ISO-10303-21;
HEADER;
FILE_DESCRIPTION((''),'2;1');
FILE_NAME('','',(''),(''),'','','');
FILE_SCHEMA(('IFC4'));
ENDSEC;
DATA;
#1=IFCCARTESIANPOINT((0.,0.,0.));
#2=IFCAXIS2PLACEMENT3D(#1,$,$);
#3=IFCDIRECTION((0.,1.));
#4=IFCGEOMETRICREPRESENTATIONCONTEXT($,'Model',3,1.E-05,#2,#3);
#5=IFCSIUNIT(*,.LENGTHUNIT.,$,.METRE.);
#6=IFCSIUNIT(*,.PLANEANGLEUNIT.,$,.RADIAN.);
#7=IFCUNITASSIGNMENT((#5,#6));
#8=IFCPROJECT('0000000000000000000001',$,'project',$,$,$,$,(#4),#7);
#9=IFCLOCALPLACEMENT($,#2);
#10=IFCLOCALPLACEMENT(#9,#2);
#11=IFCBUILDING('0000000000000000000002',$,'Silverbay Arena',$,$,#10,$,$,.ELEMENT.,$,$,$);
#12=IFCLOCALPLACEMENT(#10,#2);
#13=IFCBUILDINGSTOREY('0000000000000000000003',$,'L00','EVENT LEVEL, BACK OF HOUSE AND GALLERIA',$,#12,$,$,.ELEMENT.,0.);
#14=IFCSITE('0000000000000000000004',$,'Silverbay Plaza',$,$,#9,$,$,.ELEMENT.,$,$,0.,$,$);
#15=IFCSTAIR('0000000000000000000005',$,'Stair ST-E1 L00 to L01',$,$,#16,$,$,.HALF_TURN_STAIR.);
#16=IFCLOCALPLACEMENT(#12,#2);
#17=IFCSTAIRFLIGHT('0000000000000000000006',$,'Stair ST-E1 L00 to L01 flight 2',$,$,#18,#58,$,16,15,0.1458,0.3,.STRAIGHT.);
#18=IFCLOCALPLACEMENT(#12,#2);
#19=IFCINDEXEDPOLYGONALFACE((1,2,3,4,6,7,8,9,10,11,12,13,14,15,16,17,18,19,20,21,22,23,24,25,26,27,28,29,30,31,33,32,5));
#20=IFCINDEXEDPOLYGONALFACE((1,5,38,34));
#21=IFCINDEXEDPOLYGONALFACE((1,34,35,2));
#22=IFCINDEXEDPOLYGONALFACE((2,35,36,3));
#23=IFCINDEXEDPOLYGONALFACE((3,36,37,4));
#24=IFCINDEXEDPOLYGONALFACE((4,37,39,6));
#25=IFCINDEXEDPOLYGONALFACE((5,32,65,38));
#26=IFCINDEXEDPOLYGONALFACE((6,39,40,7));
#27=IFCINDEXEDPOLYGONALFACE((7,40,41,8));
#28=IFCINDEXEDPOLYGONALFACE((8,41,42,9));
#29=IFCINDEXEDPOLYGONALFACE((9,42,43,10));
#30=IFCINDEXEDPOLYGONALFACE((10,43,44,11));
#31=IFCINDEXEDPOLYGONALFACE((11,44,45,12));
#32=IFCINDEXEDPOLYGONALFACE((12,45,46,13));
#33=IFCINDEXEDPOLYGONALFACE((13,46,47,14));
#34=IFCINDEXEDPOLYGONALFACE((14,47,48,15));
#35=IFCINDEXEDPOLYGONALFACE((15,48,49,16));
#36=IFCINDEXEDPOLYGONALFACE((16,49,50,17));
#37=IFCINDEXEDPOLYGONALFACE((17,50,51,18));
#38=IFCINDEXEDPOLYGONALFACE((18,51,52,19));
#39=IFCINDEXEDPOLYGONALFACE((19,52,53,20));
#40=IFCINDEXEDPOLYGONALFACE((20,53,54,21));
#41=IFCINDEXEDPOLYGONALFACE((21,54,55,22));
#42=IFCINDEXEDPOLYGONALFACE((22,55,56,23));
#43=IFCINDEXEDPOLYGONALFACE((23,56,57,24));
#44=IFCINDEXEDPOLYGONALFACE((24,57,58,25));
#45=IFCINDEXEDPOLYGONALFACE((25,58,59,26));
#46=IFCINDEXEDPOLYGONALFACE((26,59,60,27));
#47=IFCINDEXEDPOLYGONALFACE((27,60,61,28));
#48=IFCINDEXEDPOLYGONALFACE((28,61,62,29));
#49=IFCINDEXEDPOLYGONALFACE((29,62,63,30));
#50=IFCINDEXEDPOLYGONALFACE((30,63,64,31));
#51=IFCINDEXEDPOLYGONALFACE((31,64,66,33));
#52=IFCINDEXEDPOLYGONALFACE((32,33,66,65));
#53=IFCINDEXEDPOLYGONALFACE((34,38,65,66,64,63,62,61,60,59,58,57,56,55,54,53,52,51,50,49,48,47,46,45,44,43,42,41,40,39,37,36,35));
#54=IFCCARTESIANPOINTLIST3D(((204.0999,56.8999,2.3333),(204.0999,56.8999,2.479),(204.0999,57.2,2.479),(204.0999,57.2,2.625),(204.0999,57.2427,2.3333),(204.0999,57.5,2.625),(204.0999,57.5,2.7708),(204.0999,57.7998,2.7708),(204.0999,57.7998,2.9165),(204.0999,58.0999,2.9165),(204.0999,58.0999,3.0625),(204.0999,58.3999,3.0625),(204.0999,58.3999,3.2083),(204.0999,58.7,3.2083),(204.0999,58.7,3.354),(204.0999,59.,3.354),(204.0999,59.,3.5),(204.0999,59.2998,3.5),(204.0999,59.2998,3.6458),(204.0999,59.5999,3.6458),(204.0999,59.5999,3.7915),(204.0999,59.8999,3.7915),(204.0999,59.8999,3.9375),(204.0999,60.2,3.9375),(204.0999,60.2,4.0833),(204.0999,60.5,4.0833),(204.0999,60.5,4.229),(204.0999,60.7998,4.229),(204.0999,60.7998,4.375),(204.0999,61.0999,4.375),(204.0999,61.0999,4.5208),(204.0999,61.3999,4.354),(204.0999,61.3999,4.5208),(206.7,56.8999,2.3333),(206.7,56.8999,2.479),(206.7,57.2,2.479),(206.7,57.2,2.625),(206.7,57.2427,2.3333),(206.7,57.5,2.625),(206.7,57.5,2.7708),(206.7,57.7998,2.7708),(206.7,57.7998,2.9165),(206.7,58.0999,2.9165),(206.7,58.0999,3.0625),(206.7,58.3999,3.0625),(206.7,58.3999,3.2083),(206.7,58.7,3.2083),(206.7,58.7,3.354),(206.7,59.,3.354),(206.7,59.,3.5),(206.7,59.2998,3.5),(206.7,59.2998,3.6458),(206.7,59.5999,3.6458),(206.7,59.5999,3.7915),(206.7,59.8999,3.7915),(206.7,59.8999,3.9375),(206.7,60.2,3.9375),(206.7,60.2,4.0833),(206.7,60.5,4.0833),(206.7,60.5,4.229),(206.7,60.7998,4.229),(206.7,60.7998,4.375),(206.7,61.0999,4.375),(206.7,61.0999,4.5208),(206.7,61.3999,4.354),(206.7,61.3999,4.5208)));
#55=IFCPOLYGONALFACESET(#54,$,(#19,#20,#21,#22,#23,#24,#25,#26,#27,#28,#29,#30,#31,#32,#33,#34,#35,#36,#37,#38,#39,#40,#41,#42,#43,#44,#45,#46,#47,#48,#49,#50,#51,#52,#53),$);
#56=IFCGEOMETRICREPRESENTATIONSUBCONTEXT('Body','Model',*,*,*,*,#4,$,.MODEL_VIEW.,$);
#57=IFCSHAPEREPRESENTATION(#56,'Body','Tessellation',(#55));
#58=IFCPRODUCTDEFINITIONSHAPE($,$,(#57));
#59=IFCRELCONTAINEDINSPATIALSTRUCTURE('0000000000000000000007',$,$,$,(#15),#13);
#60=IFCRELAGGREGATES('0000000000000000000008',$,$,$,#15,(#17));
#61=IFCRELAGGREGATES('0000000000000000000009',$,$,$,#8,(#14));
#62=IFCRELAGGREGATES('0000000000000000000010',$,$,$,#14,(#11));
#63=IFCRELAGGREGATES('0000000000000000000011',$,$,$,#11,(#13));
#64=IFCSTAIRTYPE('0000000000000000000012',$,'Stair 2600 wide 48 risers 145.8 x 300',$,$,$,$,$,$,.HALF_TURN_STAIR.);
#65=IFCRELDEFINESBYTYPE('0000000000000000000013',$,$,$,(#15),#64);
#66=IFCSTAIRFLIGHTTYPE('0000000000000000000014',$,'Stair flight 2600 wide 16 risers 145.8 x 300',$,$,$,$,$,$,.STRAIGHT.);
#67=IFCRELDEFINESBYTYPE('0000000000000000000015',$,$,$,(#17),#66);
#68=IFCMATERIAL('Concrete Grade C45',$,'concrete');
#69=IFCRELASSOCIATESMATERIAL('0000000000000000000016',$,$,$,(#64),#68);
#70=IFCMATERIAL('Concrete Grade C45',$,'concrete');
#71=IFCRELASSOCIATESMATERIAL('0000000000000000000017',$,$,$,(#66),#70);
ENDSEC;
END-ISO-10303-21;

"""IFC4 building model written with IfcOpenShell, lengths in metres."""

from ifc_helpers import new_model, si_unit, direction, frame, origin, place, context, subcontext, project, spatial, polyline, outline, extrude, material, type_object, element, aggregate, save


model = new_model("IFC4")

# Units and contexts
model_context = context("Model", 3, precision=1e-05, world=origin(), true_north=direction((0.0, 1.0)))
body_context = subcontext(model_context, "Body", "Model", "MODEL_VIEW")
ifc_project = project(units=[si_unit("LENGTHUNIT", "METRE"), si_unit("PLANEANGLEUNIT", "RADIAN")], contexts=[model_context])

# Site, building, storey
site_placement = place(None, origin())
site = spatial("IfcSite", under=ifc_project, at=site_placement, Name="Silverbay Plaza", CompositionType="ELEMENT", RefElevation=0.0)
building_placement = place(site_placement, origin())
building = spatial("IfcBuilding", under=site, at=building_placement, Name="Silverbay Arena", CompositionType="ELEMENT")
storey_placement = place(building_placement, origin())
storey = spatial("IfcBuildingStorey", under=building, at=storey_placement, Name="L00", Description="EVENT LEVEL, BACK OF HOUSE AND GALLERIA", CompositionType="ELEMENT", Elevation=0.0)

# Stair, stair flight
ifc_material_1 = material(Name="Concrete Grade C45", Category="concrete")
stair_type = type_object("IfcStairType", Name="Stair 2600 wide 48 risers 145.8 x 300", PredefinedType="HALF_TURN_STAIR", material=ifc_material_1)
stair_placement = place(storey_placement, origin())
stair = element("IfcStair", 1, at=stair_placement, inside=storey, type_object=stair_type, Name="Stair ST-E1 L00 to L01", PredefinedType="HALF_TURN_STAIR")
ifc_material_2 = material(Name="Concrete Grade C45", Category="concrete")
stair_flight_type = type_object("IfcStairFlightType", Name="Stair flight 2600 wide 16 risers 145.8 x 300", PredefinedType="STRAIGHT", material=ifc_material_2)
stair_flight_placement = place(storey_placement, frame((205.3999, 56.8999, 2.3333), z_axis=(0.0, 0.0, 1.0), x_axis=(0.0, 1.0, 0.0)))
stair_flight = element("IfcStairFlight", 2, at=stair_flight_placement, type_object=stair_flight_type, Name="Stair ST-E1 L00 to L01 flight 2", NumberOfRisers=16, NumberOfTreads=15, PredefinedType="STRAIGHT", RiserHeight=0.1458, TreadLength=0.3, context=body_context, shape_type="SweptSolid", body=[
    extrude(outline(polyline([(0.0, 0.0), (0.0, 0.1458), (0.3, 0.1458), (0.3, 0.2917), (0.6001, 0.2917), (0.6001, 0.4375), (0.8999, 0.4375), (0.8999, 0.5833), (1.2, 0.5833), (1.2, 0.7292), (1.5, 0.7292), (1.5, 0.875), (1.8, 0.875), (1.8, 1.0208), (2.1001, 1.0208), (2.1001, 1.1667), (2.3999, 1.1667), (2.3999, 1.3125), (2.7, 1.3125), (2.7, 1.4583), (3.0, 1.4583), (3.0, 1.6042), (3.3, 1.6042), (3.3, 1.75), (3.6001, 1.75), (3.6001, 1.8958), (3.8999, 1.8958), (3.8999, 2.0417), (4.2, 2.0417), (4.2, 2.1875), (4.5, 2.1875), (4.5, 2.0208), (0.3428, 0.0), (0.0, 0.0)])), frame((0.0, 1.3, 0.0), z_axis=(0.0, -1.0, 0.0), x_axis=(1.0, 0.0, 0.0)), (0.0, 0.0, 1.0), 2.6001),
])
aggregate(stair, [stair_flight])

save(model, "model.ifc")
